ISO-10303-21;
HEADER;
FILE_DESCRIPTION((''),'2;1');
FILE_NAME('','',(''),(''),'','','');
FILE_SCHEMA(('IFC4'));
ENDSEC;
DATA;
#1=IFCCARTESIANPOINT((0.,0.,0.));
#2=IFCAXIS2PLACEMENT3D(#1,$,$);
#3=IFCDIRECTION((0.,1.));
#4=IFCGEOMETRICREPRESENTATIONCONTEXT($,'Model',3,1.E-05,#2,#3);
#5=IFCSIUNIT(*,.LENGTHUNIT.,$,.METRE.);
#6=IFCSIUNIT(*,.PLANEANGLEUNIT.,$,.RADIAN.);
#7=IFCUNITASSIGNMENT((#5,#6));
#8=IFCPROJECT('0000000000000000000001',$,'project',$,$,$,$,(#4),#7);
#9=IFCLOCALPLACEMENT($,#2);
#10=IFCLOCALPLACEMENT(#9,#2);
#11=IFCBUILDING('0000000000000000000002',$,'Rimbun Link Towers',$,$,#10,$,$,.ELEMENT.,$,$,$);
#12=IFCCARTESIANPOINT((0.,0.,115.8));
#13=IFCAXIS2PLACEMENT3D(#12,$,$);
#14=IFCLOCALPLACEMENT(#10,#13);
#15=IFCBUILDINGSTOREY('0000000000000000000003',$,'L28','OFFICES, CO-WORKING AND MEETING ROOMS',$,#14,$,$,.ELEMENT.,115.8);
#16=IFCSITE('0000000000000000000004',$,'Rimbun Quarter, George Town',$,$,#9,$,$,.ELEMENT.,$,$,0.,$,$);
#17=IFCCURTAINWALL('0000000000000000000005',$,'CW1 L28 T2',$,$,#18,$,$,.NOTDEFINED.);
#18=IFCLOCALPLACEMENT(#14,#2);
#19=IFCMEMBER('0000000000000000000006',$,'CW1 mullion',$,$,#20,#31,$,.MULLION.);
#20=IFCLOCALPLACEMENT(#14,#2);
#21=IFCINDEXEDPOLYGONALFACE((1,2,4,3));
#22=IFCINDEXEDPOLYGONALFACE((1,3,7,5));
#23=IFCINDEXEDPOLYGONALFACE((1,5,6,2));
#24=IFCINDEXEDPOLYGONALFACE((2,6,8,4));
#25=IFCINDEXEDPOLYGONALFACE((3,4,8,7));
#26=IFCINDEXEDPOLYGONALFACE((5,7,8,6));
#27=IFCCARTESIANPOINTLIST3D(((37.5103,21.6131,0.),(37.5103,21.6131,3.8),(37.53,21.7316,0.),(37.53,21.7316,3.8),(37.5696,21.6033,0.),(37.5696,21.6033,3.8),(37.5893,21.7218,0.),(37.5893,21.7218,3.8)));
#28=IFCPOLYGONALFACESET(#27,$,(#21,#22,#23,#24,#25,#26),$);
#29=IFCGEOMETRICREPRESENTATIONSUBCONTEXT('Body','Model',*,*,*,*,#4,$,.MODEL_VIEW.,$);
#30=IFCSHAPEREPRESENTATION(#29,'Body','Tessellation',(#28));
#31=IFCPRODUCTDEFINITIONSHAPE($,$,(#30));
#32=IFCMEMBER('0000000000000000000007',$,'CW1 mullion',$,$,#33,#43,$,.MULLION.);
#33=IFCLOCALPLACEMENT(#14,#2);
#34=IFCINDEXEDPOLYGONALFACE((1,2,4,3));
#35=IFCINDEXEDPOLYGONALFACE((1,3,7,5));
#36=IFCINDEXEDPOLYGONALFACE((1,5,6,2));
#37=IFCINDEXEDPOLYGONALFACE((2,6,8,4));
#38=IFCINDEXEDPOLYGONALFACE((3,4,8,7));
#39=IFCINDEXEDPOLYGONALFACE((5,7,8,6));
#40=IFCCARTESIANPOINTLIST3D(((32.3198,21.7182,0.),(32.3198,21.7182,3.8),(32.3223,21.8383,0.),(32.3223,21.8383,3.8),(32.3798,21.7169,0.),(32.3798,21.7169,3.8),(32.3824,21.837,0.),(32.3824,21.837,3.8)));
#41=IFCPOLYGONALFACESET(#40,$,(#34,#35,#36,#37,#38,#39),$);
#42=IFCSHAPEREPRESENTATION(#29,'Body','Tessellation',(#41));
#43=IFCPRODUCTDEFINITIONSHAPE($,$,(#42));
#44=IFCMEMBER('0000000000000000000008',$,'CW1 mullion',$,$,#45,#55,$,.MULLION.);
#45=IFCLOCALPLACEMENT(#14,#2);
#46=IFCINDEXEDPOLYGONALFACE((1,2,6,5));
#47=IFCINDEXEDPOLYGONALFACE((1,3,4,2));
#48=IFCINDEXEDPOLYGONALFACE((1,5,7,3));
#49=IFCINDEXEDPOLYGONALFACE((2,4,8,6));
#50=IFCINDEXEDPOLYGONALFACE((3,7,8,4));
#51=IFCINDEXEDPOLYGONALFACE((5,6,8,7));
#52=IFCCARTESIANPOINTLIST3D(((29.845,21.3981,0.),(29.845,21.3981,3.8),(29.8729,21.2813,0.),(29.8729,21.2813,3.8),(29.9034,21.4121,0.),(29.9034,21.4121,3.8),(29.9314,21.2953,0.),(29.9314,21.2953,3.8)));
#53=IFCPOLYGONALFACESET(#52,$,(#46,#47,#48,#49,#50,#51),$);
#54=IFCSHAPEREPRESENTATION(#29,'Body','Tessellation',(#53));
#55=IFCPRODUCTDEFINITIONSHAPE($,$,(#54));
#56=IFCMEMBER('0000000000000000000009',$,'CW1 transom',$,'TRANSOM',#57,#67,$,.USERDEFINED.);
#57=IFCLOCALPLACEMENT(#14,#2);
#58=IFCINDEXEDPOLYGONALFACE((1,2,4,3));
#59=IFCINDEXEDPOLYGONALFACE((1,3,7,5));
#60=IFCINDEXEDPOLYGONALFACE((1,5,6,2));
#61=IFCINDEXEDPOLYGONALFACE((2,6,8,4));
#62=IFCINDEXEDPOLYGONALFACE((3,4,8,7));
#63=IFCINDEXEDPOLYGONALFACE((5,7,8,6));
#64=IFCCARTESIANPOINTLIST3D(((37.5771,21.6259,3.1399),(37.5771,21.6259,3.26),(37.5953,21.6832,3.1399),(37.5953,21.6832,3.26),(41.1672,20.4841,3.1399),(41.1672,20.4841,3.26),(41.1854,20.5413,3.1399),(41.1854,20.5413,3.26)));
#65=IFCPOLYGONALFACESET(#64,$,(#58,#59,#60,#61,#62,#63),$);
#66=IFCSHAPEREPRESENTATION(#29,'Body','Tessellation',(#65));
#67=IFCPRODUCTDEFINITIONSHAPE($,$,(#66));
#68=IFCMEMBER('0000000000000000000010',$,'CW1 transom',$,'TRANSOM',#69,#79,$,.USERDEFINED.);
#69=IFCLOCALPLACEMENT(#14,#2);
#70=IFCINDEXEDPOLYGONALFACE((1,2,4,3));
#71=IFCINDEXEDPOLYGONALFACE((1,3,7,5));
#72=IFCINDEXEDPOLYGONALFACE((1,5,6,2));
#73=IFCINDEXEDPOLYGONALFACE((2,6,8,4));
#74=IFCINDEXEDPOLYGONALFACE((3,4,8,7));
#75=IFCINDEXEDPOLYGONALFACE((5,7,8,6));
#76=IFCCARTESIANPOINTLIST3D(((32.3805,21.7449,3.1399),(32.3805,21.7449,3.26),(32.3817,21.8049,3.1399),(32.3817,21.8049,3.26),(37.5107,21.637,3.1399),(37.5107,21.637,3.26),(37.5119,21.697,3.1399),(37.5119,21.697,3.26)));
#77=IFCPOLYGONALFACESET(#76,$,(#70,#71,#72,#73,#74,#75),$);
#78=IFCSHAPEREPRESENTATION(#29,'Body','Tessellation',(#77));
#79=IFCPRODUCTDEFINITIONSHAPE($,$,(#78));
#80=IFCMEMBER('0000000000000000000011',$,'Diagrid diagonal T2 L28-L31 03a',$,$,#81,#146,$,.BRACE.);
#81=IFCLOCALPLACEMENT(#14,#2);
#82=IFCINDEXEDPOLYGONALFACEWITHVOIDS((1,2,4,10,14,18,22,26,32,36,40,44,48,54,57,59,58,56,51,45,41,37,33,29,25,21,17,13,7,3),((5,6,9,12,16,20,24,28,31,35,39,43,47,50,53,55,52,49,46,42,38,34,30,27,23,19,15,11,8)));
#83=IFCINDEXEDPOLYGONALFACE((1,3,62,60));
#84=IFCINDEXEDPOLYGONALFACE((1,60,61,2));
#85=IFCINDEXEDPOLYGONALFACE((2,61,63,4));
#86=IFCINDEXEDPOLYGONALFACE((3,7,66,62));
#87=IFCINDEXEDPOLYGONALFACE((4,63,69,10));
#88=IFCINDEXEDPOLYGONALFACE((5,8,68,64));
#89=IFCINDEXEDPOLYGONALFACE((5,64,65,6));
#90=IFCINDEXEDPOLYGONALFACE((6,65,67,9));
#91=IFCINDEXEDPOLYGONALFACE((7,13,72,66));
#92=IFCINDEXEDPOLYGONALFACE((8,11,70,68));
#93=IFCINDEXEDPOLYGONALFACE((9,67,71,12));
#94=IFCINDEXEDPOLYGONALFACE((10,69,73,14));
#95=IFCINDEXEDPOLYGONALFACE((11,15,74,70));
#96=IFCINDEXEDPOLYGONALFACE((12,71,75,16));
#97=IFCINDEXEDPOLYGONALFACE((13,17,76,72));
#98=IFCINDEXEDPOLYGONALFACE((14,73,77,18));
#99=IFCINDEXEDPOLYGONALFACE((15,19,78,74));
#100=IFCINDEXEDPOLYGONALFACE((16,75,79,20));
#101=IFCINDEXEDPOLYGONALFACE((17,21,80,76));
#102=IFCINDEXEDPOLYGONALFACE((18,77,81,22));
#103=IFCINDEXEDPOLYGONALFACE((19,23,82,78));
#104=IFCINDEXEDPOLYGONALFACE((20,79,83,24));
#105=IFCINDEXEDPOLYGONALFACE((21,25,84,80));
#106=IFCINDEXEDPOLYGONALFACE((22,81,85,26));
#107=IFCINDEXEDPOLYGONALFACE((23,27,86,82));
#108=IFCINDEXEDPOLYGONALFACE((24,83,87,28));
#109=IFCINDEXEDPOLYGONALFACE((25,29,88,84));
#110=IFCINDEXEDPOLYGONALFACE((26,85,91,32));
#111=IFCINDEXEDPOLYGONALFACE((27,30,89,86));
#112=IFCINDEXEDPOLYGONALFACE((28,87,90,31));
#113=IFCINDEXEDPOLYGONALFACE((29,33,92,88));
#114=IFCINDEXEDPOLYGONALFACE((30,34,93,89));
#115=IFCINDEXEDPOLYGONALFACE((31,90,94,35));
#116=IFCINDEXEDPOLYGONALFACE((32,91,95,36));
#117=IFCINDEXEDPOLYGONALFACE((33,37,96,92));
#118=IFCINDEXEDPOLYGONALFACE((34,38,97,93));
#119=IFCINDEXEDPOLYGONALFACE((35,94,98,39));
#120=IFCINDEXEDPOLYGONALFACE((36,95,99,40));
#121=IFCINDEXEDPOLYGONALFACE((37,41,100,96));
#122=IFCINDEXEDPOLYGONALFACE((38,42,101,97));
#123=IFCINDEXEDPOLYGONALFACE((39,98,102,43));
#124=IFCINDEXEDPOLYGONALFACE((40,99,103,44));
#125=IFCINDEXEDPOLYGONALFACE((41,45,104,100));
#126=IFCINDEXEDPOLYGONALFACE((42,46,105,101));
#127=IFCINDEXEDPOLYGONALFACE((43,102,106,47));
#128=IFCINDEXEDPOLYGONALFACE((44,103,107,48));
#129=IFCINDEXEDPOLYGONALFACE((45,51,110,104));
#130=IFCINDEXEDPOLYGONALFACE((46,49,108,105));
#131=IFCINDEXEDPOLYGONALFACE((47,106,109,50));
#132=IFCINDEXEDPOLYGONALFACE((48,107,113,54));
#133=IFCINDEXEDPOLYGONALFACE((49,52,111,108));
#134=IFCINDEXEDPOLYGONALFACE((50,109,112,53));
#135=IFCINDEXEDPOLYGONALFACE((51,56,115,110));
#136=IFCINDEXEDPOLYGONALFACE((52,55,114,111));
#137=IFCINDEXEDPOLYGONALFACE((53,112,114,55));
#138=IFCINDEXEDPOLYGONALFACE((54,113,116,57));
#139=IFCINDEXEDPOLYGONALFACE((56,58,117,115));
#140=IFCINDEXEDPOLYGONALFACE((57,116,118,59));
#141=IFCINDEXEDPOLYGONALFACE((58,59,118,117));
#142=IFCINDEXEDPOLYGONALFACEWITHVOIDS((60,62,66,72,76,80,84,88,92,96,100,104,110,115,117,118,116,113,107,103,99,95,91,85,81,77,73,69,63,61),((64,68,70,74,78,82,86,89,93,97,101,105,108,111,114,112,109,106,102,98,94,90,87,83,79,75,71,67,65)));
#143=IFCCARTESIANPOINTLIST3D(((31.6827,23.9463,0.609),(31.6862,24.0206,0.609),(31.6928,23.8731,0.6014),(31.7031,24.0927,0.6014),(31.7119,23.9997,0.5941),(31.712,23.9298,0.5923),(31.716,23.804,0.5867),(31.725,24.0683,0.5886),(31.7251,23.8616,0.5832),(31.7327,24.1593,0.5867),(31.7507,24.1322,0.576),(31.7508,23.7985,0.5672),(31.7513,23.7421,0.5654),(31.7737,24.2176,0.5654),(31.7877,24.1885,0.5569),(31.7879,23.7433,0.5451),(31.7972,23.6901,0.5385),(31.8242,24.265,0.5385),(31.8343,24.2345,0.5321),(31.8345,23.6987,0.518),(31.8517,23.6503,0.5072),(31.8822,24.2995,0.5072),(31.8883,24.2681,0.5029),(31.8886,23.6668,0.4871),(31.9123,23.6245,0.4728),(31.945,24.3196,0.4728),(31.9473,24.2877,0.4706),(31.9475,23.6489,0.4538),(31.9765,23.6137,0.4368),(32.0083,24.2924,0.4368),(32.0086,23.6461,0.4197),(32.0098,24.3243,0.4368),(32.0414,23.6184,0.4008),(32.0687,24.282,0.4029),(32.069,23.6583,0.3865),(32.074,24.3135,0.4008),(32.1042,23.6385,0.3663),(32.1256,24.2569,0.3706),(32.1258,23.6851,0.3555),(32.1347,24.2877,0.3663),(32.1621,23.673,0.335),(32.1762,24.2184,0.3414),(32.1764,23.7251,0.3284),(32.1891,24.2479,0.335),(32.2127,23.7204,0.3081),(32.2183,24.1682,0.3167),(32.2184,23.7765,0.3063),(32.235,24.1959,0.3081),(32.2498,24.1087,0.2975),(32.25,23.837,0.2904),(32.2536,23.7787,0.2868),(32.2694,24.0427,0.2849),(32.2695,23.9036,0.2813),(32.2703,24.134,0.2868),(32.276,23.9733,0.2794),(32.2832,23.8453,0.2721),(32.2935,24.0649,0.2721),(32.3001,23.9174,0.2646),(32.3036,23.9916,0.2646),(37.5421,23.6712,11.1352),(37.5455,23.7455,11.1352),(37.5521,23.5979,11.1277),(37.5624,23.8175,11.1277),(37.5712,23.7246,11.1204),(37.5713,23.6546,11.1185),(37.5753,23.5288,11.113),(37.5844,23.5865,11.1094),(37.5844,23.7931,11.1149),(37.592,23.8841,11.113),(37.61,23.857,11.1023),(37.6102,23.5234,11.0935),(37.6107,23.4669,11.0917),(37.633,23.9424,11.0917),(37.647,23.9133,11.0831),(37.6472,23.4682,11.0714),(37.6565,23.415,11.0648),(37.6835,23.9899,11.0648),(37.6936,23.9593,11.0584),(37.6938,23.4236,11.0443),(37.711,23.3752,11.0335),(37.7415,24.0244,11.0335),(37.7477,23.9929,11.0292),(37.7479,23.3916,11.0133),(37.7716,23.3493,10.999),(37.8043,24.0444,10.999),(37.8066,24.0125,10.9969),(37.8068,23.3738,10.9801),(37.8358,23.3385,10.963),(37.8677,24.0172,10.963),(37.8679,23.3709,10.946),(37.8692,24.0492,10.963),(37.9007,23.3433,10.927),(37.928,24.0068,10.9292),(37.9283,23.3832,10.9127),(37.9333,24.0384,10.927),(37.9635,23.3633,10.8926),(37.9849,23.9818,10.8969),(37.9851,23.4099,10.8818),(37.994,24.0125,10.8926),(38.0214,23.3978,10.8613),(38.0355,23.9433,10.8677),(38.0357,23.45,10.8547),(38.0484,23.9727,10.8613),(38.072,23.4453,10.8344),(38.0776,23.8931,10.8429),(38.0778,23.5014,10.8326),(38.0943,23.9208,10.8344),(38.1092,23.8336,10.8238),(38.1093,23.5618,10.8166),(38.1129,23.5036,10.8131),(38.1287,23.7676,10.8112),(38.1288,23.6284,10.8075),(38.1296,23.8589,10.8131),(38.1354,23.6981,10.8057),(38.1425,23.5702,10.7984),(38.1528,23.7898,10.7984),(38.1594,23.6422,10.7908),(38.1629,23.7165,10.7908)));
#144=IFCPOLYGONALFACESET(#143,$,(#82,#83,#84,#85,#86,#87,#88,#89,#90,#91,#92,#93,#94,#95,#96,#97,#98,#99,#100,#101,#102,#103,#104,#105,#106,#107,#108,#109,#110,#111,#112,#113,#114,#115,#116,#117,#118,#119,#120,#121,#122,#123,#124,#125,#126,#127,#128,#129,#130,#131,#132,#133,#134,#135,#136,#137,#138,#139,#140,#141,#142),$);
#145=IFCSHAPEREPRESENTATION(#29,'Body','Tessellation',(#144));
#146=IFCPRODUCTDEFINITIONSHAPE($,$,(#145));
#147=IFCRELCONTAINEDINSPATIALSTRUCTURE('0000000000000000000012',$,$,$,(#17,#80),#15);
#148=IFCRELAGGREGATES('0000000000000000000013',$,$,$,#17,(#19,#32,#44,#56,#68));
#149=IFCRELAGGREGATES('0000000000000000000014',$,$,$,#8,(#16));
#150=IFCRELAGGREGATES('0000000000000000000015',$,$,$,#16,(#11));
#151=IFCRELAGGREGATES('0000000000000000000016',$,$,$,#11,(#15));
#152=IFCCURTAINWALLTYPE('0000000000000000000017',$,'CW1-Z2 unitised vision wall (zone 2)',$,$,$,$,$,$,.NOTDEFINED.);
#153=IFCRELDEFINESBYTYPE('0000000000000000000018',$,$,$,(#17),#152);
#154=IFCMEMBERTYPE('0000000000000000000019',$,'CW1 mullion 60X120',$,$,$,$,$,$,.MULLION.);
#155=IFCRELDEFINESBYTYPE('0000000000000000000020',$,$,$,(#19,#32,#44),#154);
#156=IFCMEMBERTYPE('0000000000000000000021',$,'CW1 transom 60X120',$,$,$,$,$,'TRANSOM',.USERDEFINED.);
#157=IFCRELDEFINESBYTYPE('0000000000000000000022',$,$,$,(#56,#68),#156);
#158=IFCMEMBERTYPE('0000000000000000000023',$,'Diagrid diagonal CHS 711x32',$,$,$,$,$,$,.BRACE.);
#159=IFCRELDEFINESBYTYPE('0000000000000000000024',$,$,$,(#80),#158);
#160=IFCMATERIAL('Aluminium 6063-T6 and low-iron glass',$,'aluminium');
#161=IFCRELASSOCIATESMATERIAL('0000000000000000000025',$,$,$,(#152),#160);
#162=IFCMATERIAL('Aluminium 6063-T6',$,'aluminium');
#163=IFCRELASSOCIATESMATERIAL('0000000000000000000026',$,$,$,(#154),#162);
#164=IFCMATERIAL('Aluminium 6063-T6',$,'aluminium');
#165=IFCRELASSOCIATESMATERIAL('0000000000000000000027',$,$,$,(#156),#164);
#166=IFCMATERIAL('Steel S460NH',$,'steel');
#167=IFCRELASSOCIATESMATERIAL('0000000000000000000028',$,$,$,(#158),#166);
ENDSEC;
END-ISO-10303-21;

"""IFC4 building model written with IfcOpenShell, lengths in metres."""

from ifc_helpers import new_model, si_unit, direction, frame, origin, origin_2d, place, context, subcontext, project, spatial, rectangle, hollow_circle, extrude, material, material_profile, profile_set, type_object, element, aggregate, save


model = new_model("IFC4")

# Units and contexts
model_context = context("Model", 3, precision=1e-05, world=origin(), true_north=direction((0.0, 1.0)))
body_context = subcontext(model_context, "Body", "Model", "MODEL_VIEW")
ifc_project = project(units=[si_unit("LENGTHUNIT", "METRE"), si_unit("PLANEANGLEUNIT", "RADIAN")], contexts=[model_context])

# Site, building, storey
site_placement = place(None, origin())
site = spatial("IfcSite", under=ifc_project, at=site_placement, Name="Rimbun Quarter, George Town", CompositionType="ELEMENT", RefElevation=0.0)
building_placement = place(site_placement, origin())
building = spatial("IfcBuilding", under=site, at=building_placement, Name="Rimbun Link Towers", CompositionType="ELEMENT")
storey_placement = place(building_placement, frame((0.0, 0.0, 115.8)))
storey = spatial("IfcBuildingStorey", under=building, at=storey_placement, Name="L28", Description="OFFICES, CO-WORKING AND MEETING ROOMS", CompositionType="ELEMENT", Elevation=115.8)

# Curtain wall, members
ifc_material_1 = material(Name="Aluminium 6063-T6 and low-iron glass", Category="aluminium")
curtain_wall_type = type_object("IfcCurtainWallType", Name="CW1-Z2 unitised vision wall (zone 2)", PredefinedType="NOTDEFINED", material=ifc_material_1)
curtain_wall_placement = place(storey_placement, origin())
curtain_wall = element("IfcCurtainWall", 1, at=curtain_wall_placement, inside=storey, type_object=curtain_wall_type, Name="CW1 L28 T2", PredefinedType="NOTDEFINED")
ifc_material_2 = material(Name="Aluminium 6063-T6", Category="aluminium")
ifc_material_profile_1 = material_profile(ifc_material_2, rectangle(XDim=0.1201, YDim=0.0601, at=origin_2d()), Name="MULLION 60X120")
ifc_profile_set_1 = profile_set([ifc_material_profile_1], Name="Aluminium 6063-T6")
member_type_1 = type_object("IfcMemberType", Name="CW1 mullion 60X120", PredefinedType="MULLION", material=ifc_profile_set_1)
member_1_placement = place(storey_placement, frame((37.5498, 21.6675, 0.0), z_axis=(0.0, 0.0, 1.0), x_axis=(0.163751, 0.986502, 0.0)))
member_1 = element("IfcMember", 2, at=member_1_placement, type_object=member_type_1, Name="CW1 mullion", PredefinedType="MULLION", context=body_context, shape_type="SweptSolid", body=[
    extrude(rectangle(XDim=0.1201, YDim=0.0601, at=origin_2d()), origin(), (0.0, 0.0, 1.0), 3.8),
])
member_2_placement = place(storey_placement, frame((32.3511, 21.7776, 0.0), z_axis=(0.0, 0.0, 1.0), x_axis=(0.021066, 0.999778, 0.0)))
member_2 = element("IfcMember", 3, at=member_2_placement, type_object=member_type_1, Name="CW1 mullion", PredefinedType="MULLION", context=body_context, shape_type="SweptSolid", body=[
    extrude(rectangle(XDim=0.1201, YDim=0.0601, at=origin_2d()), origin(), (0.0, 0.0, 1.0), 3.8),
])
member_3_placement = place(storey_placement, frame((29.8882, 21.3467, 0.0), z_axis=(0.0, 0.0, 1.0), x_axis=(-0.232603, 0.972572, 0.0)))
member_3 = element("IfcMember", 4, at=member_3_placement, type_object=member_type_1, Name="CW1 mullion", PredefinedType="MULLION", context=body_context, shape_type="SweptSolid", body=[
    extrude(rectangle(XDim=0.1201, YDim=0.0601, at=origin_2d()), origin(), (0.0, 0.0, 1.0), 3.8),
])
ifc_material_3 = material(Name="Aluminium 6063-T6", Category="aluminium")
ifc_material_profile_2 = material_profile(ifc_material_3, rectangle(XDim=0.0601, YDim=0.1201, at=origin_2d()), Name="TRANSOM 60X120")
ifc_profile_set_2 = profile_set([ifc_material_profile_2], Name="Aluminium 6063-T6")
member_type_2 = type_object("IfcMemberType", Name="CW1 transom 60X120", ElementType="TRANSOM", PredefinedType="USERDEFINED", material=ifc_profile_set_2)
member_4_placement = place(storey_placement, frame((37.5862, 21.6545, 3.2), z_axis=(0.952961, -0.303094, 0.0), x_axis=(0.303094, 0.952961, 0.0)))
member_4 = element("IfcMember", 5, at=member_4_placement, type_object=member_type_2, Name="CW1 transom", ObjectType="TRANSOM", PredefinedType="USERDEFINED", context=body_context, shape_type="SweptSolid", body=[
    extrude(rectangle(XDim=0.0601, YDim=0.1201, at=origin_2d()), origin(), (0.0, 0.0, 1.0), 3.7673),
])
member_5_placement = place(storey_placement, frame((32.3811, 21.7749, 3.2), z_axis=(0.999779, -0.02103, 0.0), x_axis=(0.02103, 0.999779, 0.0)))
member_5 = element("IfcMember", 6, at=member_5_placement, type_object=member_type_2, Name="CW1 transom", ObjectType="TRANSOM", PredefinedType="USERDEFINED", context=body_context, shape_type="SweptSolid", body=[
    extrude(rectangle(XDim=0.0601, YDim=0.1201, at=origin_2d()), origin(), (0.0, 0.0, 1.0), 5.1313),
])

# Member
ifc_material_4 = material(Name="Steel S460NH", Category="steel")
ifc_material_profile_3 = material_profile(ifc_material_4, hollow_circle(Radius=0.3557, WallThickness=0.032, at=origin_2d()), Name="Diagrid diagonal CHS 711x32")
ifc_profile_set_3 = profile_set([ifc_material_profile_3], Name="Steel S460NH")
member_type_3 = type_object("IfcMemberType", Name="Diagrid diagonal CHS 711x32", PredefinedType="BRACE", material=ifc_profile_set_3)
member_6_placement = place(storey_placement, frame((31.9932, 23.969, 0.4368), z_axis=(0.486239, -0.022833, 0.873528), x_axis=(0.046907, 0.998899, 0.0)))
element("IfcMember", 7, at=member_6_placement, inside=storey, type_object=member_type_3, Name="Diagrid diagonal T2 L28-L31 03a", PredefinedType="BRACE", context=body_context, shape_type="SweptSolid", body=[
    extrude(hollow_circle(Radius=0.3557, WallThickness=0.032, at=origin_2d()), origin(), (0.0, 0.0, 1.0), 12.0503),
])

aggregate(curtain_wall, [member_1, member_2, member_3, member_4, member_5])

save(model, "model.ifc")
